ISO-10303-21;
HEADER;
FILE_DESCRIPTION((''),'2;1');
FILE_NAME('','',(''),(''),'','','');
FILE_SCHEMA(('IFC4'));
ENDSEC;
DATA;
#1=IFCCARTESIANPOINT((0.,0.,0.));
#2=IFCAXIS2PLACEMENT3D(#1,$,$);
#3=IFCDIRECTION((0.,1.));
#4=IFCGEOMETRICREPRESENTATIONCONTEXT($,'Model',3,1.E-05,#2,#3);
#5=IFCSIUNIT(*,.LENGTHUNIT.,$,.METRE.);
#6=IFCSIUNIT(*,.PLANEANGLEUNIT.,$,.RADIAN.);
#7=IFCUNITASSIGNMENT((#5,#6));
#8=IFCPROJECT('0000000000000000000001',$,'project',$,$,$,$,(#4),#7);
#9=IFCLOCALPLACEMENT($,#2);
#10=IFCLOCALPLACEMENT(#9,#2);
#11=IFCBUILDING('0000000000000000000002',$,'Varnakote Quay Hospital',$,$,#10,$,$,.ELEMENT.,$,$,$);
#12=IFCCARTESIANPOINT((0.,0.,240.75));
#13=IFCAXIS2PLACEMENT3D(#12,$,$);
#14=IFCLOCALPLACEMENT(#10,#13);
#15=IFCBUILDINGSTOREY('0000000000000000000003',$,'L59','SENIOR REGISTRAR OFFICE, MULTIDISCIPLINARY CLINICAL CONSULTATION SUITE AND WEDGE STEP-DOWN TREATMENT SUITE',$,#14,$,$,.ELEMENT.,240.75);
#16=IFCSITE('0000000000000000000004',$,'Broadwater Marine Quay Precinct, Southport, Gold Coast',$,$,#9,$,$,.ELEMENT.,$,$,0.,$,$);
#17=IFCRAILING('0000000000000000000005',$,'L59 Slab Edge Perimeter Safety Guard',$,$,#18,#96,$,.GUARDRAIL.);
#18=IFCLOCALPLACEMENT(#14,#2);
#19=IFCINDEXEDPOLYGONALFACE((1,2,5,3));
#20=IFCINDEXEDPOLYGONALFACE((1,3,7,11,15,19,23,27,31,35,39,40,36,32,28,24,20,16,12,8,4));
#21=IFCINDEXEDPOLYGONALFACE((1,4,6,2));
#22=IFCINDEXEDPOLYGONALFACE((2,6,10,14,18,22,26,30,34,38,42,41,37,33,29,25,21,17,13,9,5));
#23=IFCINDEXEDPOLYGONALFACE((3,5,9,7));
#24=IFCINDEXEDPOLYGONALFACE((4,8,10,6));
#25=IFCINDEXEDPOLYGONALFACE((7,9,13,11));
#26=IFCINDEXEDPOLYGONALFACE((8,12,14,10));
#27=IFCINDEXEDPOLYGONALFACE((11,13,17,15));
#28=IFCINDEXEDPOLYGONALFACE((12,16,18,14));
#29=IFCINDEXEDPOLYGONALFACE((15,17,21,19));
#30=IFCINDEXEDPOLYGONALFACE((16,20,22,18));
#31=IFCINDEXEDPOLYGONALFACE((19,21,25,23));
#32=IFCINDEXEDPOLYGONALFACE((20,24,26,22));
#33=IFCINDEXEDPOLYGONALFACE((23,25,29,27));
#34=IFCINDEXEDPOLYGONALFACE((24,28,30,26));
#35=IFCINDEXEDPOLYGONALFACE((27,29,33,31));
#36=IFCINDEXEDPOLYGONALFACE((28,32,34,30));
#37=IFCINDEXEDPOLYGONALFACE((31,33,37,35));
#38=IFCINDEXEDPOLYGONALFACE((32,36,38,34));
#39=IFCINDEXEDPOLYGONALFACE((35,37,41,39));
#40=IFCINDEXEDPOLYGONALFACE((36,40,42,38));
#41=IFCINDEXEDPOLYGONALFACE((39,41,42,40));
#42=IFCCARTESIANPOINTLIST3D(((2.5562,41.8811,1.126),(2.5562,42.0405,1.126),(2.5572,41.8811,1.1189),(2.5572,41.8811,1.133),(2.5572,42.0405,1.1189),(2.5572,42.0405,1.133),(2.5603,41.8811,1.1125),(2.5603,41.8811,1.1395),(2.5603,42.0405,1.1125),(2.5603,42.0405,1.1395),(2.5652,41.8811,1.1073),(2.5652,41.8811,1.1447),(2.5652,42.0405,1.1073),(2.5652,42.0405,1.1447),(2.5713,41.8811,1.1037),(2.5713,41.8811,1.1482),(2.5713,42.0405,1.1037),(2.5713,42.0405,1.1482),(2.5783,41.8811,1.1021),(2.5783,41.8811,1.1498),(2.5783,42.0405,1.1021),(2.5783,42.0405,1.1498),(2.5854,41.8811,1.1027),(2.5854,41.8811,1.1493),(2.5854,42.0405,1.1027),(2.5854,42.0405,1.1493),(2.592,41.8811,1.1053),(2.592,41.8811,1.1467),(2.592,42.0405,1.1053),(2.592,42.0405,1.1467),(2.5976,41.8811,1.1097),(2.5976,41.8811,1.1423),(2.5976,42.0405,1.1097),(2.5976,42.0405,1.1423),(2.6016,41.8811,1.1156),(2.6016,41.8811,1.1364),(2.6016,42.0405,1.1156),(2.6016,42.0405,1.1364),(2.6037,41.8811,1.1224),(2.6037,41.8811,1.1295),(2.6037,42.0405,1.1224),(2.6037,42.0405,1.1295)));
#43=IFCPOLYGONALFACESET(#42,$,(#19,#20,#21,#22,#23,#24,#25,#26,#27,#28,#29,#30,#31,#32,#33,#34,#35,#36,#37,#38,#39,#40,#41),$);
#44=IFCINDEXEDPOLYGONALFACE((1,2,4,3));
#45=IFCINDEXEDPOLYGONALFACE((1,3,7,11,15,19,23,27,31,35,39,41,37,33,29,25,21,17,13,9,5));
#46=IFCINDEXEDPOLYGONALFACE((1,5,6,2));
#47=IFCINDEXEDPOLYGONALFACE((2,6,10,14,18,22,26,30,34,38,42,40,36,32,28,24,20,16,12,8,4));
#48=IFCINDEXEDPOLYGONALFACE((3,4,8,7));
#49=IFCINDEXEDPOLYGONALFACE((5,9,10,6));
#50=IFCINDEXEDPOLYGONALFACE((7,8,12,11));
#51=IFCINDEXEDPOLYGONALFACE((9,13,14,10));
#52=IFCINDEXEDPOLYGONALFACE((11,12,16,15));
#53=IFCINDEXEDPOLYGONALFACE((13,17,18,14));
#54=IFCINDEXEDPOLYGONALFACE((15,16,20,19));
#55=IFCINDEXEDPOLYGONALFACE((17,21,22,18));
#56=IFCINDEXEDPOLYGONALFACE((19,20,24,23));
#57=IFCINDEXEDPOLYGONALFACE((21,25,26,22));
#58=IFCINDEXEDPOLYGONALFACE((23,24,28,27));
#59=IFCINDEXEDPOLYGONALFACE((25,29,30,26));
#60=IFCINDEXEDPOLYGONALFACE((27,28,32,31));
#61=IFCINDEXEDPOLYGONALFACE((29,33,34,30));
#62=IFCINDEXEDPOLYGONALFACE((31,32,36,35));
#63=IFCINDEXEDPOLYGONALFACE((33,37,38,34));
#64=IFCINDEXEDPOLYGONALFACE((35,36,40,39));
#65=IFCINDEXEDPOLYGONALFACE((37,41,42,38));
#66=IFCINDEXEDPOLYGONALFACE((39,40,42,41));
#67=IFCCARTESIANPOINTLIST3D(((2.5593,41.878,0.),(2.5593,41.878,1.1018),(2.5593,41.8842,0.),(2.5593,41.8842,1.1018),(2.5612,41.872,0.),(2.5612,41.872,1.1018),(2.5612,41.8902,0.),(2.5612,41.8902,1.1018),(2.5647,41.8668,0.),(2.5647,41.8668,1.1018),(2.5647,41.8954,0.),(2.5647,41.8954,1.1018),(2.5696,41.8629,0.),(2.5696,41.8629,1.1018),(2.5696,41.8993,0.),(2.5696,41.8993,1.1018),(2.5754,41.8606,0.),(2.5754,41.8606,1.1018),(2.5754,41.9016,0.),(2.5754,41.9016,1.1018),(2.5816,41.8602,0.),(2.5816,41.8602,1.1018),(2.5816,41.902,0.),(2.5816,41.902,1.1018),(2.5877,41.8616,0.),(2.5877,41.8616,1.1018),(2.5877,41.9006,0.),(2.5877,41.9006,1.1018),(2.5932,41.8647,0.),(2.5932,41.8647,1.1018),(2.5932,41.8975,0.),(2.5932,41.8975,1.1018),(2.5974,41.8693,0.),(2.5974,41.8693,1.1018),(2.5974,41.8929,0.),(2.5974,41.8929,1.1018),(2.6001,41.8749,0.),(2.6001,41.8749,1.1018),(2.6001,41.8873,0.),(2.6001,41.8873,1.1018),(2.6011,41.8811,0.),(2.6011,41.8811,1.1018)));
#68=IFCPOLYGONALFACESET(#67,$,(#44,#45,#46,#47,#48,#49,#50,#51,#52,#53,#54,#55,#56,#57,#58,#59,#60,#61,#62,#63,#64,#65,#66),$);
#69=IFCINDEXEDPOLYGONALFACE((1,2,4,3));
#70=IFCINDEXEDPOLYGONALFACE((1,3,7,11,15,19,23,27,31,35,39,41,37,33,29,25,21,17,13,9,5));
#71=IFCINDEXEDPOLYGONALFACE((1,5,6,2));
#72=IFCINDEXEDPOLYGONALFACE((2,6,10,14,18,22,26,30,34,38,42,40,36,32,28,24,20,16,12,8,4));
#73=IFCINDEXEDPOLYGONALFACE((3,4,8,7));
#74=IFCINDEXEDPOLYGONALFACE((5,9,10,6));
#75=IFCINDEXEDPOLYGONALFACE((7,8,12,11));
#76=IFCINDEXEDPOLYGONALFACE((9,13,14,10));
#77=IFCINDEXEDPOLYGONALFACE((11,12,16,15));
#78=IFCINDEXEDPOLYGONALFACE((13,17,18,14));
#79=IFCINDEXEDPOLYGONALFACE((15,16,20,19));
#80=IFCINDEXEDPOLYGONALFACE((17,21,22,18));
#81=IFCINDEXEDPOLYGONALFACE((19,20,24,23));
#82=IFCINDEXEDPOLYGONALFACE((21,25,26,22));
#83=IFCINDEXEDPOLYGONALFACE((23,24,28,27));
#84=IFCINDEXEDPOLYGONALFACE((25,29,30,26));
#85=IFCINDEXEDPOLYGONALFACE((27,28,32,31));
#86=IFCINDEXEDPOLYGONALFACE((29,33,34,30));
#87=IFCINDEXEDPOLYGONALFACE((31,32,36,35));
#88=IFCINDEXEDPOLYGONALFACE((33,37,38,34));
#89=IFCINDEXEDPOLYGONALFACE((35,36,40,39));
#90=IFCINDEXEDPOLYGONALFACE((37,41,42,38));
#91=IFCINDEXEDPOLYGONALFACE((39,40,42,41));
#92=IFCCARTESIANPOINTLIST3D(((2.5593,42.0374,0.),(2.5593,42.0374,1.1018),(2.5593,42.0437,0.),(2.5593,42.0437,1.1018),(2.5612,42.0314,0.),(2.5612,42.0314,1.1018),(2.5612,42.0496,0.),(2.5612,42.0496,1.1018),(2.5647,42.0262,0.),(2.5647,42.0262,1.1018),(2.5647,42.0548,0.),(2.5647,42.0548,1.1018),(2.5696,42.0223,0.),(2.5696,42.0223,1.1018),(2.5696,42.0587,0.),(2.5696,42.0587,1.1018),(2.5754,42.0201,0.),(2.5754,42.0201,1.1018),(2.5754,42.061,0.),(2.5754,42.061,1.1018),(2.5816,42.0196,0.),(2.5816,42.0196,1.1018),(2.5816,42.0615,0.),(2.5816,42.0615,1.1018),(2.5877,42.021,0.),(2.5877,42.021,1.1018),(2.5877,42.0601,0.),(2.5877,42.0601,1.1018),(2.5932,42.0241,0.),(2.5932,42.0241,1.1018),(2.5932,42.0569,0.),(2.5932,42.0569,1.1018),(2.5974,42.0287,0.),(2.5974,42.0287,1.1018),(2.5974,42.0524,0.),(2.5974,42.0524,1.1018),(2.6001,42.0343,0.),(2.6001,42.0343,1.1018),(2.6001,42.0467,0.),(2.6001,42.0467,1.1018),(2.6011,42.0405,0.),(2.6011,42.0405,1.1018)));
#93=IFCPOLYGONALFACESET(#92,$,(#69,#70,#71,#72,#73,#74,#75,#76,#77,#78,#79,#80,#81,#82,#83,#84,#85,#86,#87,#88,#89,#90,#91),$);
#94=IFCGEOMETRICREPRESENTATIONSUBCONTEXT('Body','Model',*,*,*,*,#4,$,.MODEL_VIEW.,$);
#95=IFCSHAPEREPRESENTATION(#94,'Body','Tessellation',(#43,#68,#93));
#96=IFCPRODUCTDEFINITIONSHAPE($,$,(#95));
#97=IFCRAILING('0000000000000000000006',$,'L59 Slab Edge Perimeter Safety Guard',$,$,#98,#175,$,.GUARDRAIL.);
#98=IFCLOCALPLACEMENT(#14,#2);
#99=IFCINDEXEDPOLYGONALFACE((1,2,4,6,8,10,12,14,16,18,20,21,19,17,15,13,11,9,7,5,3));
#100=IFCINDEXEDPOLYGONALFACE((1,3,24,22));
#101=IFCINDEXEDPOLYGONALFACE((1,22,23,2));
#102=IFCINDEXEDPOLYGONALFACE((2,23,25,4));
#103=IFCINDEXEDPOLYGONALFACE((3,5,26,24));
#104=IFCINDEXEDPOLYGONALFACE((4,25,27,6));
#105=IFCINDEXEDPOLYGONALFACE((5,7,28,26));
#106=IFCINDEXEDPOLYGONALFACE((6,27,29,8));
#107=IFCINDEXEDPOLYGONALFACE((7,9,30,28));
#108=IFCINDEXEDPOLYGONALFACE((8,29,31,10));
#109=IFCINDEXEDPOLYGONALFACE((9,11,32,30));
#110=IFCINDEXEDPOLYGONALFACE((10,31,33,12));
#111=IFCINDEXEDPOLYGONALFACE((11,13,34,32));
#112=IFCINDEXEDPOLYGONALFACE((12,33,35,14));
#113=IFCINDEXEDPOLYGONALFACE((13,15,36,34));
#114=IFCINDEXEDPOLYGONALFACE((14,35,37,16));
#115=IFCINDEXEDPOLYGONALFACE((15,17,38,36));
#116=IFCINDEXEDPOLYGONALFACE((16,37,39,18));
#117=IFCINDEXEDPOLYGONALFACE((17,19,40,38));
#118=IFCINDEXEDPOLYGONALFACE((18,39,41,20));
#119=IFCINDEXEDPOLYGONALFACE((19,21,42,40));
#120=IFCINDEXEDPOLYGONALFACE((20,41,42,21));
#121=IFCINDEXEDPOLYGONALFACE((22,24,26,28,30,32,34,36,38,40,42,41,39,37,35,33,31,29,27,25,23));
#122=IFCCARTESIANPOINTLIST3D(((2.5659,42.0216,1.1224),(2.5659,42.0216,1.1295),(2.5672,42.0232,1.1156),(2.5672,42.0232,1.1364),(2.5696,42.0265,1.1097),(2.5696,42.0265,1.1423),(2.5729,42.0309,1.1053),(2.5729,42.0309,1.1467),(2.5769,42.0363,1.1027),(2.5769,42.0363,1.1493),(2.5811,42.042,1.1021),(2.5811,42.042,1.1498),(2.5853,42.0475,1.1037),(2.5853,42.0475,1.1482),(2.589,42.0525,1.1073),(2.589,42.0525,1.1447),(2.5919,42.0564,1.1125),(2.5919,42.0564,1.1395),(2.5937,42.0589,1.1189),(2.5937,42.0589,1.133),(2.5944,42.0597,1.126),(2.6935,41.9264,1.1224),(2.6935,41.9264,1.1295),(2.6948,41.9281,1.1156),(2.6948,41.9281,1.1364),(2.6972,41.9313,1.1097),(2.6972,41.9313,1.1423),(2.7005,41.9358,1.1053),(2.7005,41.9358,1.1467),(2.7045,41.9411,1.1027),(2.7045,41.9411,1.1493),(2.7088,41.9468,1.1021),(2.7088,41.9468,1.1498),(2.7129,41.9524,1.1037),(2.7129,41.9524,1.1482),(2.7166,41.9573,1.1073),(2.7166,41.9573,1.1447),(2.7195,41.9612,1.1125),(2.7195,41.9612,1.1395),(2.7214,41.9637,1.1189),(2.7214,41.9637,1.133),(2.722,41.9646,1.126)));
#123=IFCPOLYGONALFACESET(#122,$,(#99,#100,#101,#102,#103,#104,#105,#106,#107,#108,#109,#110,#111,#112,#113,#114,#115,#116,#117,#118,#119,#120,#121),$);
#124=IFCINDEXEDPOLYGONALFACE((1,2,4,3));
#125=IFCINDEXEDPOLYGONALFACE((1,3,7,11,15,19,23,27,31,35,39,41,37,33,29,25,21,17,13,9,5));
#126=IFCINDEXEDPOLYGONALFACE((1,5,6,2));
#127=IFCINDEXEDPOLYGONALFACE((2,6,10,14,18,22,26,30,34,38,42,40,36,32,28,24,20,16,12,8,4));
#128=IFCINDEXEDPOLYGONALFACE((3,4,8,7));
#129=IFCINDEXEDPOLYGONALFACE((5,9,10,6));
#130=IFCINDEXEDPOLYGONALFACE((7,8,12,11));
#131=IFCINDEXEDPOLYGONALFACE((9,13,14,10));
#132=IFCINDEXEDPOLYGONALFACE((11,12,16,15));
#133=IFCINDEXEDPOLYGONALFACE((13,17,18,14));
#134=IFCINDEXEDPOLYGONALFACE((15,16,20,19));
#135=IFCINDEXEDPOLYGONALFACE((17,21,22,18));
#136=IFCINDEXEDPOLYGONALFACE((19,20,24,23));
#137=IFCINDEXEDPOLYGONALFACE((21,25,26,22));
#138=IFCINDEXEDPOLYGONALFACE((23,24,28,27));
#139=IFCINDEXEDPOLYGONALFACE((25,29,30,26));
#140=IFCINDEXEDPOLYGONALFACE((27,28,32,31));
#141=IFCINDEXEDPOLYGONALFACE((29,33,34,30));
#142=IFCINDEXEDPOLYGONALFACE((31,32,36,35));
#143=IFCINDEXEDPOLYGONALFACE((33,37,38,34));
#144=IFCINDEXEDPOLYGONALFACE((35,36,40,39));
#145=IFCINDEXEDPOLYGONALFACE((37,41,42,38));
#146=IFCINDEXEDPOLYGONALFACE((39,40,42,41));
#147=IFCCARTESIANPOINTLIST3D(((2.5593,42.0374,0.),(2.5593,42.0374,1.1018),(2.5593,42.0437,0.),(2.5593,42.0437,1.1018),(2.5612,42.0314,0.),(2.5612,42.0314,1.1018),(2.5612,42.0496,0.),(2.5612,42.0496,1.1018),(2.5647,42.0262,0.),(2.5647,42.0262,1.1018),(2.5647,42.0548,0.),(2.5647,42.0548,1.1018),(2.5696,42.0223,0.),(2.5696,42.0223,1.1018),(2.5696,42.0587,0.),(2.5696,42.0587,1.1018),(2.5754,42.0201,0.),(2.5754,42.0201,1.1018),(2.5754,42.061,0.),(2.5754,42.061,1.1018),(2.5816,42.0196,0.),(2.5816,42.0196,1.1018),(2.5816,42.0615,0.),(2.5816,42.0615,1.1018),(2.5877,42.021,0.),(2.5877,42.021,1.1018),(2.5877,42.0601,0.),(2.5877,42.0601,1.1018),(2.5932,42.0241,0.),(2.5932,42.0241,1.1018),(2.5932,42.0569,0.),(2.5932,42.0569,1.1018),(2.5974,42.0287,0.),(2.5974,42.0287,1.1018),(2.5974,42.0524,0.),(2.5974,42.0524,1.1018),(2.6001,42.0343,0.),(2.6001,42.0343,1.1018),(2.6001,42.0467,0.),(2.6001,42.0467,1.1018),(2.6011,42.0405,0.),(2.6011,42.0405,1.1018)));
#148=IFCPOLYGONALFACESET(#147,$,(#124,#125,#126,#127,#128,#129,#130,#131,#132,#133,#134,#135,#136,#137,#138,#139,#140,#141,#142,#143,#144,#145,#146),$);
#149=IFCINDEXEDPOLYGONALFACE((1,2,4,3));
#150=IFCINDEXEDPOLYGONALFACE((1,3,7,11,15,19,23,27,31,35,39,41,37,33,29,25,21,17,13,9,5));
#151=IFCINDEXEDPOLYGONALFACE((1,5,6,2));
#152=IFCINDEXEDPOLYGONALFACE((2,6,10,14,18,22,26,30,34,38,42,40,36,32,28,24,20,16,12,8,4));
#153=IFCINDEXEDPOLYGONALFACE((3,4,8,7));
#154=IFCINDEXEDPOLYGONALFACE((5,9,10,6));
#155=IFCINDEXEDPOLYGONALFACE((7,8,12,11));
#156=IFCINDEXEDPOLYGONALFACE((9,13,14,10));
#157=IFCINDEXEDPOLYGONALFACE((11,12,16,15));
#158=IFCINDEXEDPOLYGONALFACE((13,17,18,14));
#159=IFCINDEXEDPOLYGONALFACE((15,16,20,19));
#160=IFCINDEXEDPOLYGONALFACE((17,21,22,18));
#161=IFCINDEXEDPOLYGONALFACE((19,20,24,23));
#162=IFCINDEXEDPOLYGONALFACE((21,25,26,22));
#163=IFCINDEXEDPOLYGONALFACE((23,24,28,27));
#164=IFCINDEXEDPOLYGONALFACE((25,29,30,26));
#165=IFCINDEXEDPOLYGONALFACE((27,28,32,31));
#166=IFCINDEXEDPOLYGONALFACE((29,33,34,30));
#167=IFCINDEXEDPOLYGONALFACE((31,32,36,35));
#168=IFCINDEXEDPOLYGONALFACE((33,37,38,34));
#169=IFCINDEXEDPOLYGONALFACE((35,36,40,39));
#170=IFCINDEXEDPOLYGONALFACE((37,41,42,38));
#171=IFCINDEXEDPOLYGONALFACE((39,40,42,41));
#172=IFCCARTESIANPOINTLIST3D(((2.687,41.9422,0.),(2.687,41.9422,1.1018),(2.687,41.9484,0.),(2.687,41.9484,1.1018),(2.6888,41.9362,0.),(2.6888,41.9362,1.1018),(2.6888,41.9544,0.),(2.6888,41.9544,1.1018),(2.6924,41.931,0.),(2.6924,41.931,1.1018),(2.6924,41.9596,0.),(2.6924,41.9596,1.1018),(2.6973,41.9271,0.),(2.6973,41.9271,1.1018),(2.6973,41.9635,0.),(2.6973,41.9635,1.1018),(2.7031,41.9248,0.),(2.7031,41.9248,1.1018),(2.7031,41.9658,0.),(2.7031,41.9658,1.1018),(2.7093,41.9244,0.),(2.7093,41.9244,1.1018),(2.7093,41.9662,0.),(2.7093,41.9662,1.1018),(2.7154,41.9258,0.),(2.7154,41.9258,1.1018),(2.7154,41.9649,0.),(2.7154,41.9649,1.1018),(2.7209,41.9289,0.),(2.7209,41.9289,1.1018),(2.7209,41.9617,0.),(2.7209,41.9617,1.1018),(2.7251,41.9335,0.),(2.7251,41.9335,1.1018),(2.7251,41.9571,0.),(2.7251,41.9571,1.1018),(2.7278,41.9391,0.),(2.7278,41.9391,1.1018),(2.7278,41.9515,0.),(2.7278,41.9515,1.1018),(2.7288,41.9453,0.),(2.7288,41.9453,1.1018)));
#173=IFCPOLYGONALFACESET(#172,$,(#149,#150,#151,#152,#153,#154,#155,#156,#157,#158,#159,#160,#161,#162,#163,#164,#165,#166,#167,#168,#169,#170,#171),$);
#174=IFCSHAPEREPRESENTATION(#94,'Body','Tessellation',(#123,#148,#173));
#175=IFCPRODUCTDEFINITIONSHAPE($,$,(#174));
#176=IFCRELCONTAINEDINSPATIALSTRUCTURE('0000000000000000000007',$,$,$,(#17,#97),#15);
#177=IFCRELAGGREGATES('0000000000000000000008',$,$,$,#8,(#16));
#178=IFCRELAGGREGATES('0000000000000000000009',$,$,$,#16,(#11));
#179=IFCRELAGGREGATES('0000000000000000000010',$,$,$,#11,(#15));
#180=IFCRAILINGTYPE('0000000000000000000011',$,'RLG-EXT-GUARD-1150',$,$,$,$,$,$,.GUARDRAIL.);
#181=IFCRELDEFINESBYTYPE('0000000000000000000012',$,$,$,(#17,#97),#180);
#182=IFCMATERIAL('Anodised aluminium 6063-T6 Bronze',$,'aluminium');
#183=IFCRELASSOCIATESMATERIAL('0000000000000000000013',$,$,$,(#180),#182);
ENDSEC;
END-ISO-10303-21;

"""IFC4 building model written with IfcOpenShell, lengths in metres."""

from ifc_helpers import new_model, si_unit, direction, frame, origin, origin_2d, place, context, subcontext, project, spatial, circle, extrude, material, type_object, element, save


model = new_model("IFC4")

# Units and contexts
model_context = context("Model", 3, precision=1e-05, world=origin(), true_north=direction((0.0, 1.0)))
body_context = subcontext(model_context, "Body", "Model", "MODEL_VIEW")
ifc_project = project(units=[si_unit("LENGTHUNIT", "METRE"), si_unit("PLANEANGLEUNIT", "RADIAN")], contexts=[model_context])

# Site, building, storey
site_placement = place(None, origin())
site = spatial("IfcSite", under=ifc_project, at=site_placement, Name="Broadwater Marine Quay Precinct, Southport, Gold Coast", CompositionType="ELEMENT", RefElevation=0.0)
building_placement = place(site_placement, origin())
building = spatial("IfcBuilding", under=site, at=building_placement, Name="Varnakote Quay Hospital", CompositionType="ELEMENT")
storey_placement = place(building_placement, frame((0.0, 0.0, 240.75)))
storey = spatial("IfcBuildingStorey", under=building, at=storey_placement, Name="L59", Description="SENIOR REGISTRAR OFFICE, MULTIDISCIPLINARY CLINICAL CONSULTATION SUITE AND WEDGE STEP-DOWN TREATMENT SUITE", CompositionType="ELEMENT", Elevation=240.75)

# Railings
ifc_material_1 = material(Name="Anodised aluminium 6063-T6 Bronze", Category="aluminium")
railing_type = type_object("IfcRailingType", Name="RLG-EXT-GUARD-1150", PredefinedType="GUARDRAIL", material=ifc_material_1)
railing_1_placement = place(storey_placement, frame((2.5801, 41.8811, 0.0)))
element("IfcRailing", 1, at=railing_1_placement, inside=storey, type_object=railing_type, Name="L59 Slab Edge Perimeter Safety Guard", PredefinedType="GUARDRAIL", context=body_context, shape_type="SweptSolid", body=[
    extrude(circle(Radius=0.0239, at=origin_2d()), frame((0.0, 0.0, 1.126), z_axis=(0.0, 1.0, 0.0), x_axis=(-1.0, 0.0, 0.0)), (0.0, 0.0, 1.0), 0.1594),
    extrude(circle(Radius=0.021, at=origin_2d()), origin(), (0.0, 0.0, 1.0), 1.1018),
    extrude(circle(Radius=0.021, at=origin_2d()), frame((0.0, 0.1594, 0.0)), (0.0, 0.0, 1.0), 1.1018),
])
railing_2_placement = place(storey_placement, frame((2.5801, 42.0405, 0.0)))
element("IfcRailing", 2, at=railing_2_placement, inside=storey, type_object=railing_type, Name="L59 Slab Edge Perimeter Safety Guard", PredefinedType="GUARDRAIL", context=body_context, shape_type="SweptSolid", body=[
    extrude(circle(Radius=0.0239, at=origin_2d()), frame((0.0, 0.0, 1.126), z_axis=(0.801652, -0.59779, 0.0), x_axis=(0.59779, 0.801652, 0.0)), (0.0, 0.0, 1.0), 0.1592),
    extrude(circle(Radius=0.021, at=origin_2d()), origin(), (0.0, 0.0, 1.0), 1.1018),
    extrude(circle(Radius=0.021, at=origin_2d()), frame((0.1277, -0.0952, 0.0)), (0.0, 0.0, 1.0), 1.1018),
])

save(model, "model.ifc")
